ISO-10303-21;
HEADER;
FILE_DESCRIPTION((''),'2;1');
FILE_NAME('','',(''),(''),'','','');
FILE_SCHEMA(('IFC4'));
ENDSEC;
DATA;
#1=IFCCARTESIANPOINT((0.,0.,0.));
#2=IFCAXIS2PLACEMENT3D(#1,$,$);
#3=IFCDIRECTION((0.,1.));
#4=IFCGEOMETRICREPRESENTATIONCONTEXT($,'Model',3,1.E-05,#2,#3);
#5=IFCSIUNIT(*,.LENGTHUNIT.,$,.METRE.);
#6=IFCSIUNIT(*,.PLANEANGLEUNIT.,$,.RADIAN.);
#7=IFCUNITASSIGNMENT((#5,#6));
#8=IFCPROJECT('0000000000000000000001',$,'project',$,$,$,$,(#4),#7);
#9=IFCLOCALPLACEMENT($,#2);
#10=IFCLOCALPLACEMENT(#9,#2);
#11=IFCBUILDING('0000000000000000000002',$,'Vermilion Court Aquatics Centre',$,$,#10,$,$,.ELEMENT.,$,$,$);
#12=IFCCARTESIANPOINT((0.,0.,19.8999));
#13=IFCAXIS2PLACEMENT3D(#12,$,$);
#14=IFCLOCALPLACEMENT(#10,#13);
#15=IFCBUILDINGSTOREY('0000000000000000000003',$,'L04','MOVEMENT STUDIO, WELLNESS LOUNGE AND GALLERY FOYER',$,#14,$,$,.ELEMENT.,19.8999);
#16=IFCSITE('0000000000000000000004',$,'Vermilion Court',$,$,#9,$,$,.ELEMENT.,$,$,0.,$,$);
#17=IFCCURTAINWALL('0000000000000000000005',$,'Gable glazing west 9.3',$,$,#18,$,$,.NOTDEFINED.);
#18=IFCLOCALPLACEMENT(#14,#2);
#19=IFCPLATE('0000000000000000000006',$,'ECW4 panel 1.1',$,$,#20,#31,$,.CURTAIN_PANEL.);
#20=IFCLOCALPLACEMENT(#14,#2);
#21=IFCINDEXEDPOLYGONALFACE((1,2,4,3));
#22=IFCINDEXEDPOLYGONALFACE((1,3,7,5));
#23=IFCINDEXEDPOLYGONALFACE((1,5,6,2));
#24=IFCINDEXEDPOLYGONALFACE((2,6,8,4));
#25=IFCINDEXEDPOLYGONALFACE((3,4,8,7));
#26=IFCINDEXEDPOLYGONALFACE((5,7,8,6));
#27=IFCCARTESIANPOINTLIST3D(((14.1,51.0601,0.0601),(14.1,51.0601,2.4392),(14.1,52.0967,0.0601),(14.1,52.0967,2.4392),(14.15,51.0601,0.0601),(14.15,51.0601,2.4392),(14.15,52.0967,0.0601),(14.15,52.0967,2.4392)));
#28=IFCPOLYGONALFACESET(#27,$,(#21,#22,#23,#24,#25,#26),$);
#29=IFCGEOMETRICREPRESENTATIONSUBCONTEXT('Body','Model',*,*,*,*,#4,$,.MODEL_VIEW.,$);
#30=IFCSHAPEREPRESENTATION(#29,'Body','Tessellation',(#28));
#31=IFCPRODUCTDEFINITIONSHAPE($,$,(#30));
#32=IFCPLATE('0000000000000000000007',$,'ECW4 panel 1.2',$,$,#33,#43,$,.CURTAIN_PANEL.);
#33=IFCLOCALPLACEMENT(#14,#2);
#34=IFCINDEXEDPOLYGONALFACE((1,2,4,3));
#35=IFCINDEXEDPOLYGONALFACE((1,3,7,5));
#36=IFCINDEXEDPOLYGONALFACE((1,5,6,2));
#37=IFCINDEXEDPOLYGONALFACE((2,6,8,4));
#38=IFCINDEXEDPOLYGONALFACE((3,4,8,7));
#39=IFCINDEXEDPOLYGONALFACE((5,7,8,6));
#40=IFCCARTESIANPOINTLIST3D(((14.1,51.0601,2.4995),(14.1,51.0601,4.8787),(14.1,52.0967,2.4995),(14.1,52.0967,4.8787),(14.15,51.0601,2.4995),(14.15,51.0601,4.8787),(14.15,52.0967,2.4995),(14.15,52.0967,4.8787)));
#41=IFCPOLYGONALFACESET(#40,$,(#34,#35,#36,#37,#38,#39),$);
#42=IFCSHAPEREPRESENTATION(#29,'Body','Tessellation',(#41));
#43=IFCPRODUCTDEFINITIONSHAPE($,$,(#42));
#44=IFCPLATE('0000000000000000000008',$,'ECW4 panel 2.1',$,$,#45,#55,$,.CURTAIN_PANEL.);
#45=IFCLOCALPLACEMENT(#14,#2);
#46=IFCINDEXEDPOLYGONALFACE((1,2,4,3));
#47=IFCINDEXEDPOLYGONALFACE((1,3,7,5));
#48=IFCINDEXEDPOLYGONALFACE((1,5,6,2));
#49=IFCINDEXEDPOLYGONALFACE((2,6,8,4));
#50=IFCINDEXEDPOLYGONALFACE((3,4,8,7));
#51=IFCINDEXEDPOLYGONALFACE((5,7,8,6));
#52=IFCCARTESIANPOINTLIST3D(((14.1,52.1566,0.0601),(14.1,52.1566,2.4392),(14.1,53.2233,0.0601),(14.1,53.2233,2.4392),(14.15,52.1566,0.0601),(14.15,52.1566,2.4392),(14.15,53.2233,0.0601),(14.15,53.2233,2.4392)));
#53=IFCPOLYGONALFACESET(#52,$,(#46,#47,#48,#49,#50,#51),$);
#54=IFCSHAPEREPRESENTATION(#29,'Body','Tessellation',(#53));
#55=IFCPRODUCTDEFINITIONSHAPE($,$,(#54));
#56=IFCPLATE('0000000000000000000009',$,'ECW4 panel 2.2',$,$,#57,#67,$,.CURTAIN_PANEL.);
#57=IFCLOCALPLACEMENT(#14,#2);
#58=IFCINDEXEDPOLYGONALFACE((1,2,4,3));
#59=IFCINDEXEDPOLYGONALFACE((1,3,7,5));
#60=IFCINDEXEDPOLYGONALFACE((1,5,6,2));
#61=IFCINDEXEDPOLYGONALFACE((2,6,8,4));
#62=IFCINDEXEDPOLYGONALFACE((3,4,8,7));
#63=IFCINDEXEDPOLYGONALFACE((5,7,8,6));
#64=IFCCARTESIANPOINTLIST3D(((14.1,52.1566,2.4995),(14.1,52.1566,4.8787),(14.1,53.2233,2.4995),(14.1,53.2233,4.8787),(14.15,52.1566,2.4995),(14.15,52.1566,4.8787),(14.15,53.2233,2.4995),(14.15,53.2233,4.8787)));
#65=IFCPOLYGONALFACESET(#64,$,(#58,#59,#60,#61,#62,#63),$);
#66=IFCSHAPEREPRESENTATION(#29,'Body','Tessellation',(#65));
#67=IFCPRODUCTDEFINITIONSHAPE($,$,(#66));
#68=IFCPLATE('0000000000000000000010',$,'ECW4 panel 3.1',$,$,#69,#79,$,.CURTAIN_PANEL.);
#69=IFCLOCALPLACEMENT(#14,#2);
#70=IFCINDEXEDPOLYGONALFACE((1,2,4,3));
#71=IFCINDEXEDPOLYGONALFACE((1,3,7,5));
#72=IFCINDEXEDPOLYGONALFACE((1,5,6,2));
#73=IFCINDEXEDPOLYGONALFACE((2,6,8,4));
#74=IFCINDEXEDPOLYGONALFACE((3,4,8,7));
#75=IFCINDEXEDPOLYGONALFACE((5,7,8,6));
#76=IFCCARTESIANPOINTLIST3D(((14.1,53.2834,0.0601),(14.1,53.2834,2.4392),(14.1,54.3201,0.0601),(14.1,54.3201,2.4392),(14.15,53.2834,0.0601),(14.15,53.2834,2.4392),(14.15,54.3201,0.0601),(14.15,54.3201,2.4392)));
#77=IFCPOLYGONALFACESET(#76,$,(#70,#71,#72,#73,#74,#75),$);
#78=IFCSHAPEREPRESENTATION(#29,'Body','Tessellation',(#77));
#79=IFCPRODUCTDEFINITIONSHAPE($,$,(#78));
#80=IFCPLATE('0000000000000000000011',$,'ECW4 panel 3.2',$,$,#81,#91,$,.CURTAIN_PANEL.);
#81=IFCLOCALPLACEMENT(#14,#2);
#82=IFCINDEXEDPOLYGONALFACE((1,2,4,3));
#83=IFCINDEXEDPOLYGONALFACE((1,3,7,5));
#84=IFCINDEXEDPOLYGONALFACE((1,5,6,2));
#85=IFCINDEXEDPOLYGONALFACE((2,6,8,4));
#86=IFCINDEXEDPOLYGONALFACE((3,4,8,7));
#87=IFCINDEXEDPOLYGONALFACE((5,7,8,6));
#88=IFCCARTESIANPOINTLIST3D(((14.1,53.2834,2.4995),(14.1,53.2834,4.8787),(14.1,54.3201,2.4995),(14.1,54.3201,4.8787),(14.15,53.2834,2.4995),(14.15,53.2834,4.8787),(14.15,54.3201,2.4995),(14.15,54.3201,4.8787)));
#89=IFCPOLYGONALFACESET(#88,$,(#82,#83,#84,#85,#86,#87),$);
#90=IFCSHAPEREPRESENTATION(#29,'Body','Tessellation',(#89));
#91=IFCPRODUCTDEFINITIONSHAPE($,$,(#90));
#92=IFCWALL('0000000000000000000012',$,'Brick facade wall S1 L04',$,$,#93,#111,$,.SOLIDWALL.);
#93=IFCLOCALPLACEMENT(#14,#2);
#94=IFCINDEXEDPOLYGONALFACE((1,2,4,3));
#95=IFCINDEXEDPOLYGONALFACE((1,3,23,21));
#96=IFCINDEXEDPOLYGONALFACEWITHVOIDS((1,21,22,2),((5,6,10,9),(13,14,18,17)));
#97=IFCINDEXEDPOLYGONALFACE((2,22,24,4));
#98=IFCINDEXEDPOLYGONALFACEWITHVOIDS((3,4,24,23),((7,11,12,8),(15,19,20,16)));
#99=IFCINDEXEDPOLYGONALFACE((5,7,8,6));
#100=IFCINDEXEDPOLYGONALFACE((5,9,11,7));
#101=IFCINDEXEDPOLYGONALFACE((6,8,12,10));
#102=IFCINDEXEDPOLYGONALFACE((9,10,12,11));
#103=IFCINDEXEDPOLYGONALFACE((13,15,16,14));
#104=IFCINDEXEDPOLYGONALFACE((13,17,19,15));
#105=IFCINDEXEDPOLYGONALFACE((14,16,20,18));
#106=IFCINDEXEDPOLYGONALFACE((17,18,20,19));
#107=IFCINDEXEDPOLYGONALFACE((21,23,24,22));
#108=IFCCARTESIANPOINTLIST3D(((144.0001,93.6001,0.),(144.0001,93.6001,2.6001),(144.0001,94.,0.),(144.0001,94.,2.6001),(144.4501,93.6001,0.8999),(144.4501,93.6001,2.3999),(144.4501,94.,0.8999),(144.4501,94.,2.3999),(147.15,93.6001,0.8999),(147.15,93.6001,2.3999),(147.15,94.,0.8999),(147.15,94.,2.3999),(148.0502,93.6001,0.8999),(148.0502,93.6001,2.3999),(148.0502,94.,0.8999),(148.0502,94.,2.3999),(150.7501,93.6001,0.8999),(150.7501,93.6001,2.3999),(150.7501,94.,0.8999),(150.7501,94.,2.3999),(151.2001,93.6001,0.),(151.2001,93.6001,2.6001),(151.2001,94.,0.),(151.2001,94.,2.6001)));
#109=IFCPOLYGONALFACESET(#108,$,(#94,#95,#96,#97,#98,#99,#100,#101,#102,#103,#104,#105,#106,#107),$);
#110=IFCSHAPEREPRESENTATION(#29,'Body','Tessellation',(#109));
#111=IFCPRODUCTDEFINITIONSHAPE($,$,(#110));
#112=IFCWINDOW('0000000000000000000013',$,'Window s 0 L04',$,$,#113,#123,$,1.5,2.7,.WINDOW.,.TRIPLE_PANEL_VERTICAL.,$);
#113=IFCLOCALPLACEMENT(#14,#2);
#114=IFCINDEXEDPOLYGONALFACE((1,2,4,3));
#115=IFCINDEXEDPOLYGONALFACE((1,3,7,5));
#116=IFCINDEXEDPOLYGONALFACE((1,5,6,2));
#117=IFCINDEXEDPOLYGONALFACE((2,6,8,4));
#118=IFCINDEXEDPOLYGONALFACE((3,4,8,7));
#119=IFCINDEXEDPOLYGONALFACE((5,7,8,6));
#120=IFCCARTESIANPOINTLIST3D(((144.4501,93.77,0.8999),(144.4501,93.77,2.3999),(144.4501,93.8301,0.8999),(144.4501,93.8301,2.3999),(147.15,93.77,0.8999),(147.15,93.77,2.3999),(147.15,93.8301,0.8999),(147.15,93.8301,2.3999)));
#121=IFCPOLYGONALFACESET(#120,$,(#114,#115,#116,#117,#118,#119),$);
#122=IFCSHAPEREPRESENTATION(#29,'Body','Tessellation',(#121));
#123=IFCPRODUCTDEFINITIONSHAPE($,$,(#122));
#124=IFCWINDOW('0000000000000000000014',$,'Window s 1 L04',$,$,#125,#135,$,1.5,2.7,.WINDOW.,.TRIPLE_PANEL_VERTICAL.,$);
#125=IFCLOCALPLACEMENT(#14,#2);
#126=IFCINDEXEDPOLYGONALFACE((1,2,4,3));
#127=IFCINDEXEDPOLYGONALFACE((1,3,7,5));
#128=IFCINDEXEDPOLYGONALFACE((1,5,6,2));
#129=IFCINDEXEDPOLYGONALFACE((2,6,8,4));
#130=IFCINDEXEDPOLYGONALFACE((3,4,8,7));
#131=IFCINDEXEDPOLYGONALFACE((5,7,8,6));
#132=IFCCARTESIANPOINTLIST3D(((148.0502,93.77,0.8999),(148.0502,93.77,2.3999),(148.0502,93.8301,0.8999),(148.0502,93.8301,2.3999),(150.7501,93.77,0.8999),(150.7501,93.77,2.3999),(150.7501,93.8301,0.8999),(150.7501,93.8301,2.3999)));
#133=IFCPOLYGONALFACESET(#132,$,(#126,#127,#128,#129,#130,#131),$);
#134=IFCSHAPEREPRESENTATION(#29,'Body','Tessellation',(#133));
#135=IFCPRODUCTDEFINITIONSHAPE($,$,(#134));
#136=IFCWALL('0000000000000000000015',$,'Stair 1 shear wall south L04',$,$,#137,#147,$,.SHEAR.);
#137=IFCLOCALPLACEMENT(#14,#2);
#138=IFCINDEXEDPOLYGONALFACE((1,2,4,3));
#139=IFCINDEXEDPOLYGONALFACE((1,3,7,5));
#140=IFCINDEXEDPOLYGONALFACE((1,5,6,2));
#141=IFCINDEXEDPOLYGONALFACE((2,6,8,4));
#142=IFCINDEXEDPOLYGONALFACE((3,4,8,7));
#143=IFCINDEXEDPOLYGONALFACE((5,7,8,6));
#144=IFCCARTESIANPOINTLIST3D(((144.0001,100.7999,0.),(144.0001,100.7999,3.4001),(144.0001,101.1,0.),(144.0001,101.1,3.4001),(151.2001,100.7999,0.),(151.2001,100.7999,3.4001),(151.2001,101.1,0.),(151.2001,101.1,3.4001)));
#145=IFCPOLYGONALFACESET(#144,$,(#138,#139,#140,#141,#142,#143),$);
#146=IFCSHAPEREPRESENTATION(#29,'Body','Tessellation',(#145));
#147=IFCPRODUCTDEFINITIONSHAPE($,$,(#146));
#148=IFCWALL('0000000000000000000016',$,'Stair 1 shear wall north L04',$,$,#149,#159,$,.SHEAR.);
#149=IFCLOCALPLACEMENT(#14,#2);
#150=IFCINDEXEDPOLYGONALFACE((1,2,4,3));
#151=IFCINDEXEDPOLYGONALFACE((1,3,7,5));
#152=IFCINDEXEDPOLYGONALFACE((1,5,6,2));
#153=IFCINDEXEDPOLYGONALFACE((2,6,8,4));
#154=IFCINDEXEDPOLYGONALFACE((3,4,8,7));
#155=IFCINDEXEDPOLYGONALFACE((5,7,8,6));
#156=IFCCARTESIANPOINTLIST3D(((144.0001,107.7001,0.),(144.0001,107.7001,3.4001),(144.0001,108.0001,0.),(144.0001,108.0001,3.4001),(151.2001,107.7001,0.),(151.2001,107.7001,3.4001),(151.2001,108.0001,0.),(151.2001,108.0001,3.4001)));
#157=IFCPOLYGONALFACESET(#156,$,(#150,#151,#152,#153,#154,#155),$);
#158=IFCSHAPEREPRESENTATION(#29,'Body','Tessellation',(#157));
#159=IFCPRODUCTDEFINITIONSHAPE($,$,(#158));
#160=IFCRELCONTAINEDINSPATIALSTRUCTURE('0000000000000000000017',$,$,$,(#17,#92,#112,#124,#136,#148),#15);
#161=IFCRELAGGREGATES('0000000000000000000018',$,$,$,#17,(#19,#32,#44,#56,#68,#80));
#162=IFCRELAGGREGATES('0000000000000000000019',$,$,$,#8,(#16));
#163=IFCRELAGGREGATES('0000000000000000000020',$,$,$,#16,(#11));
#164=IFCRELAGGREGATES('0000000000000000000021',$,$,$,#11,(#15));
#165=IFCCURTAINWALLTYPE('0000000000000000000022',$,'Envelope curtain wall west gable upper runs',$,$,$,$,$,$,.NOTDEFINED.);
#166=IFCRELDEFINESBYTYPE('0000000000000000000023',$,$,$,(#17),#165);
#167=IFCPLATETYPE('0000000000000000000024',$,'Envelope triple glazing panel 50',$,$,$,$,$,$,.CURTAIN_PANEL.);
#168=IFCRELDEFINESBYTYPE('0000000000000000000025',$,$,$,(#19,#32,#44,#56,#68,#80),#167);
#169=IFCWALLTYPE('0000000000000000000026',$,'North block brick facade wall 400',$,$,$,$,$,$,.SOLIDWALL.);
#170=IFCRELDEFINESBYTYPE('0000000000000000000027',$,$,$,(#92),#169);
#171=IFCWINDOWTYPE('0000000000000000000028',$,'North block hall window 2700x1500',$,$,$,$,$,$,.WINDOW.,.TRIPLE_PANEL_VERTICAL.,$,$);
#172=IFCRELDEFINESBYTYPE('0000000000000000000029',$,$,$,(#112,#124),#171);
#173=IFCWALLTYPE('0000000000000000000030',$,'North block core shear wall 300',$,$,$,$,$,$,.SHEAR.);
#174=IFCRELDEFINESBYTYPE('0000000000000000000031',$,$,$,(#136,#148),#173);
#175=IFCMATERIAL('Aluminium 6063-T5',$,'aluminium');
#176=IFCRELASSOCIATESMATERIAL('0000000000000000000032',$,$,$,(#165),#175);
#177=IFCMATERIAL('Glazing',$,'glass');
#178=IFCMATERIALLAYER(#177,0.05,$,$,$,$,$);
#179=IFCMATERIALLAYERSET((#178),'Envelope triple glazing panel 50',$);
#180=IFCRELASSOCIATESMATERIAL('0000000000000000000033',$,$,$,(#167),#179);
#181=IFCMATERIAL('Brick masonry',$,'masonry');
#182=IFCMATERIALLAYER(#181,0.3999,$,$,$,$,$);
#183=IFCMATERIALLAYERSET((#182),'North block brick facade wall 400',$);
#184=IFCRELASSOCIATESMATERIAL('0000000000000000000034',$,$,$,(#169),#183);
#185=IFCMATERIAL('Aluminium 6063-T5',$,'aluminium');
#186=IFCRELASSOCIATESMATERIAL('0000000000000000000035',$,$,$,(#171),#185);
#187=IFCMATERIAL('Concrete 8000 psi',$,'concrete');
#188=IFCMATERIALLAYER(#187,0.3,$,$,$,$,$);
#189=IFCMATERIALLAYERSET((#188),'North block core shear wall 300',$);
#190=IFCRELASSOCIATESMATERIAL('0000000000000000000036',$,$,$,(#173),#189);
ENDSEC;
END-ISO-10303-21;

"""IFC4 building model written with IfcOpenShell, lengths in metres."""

from ifc_helpers import new_model, si_unit, direction, frame, frame_2d, origin, origin_2d, place, context, subcontext, project, spatial, rectangle, extrude, material, layer, layer_set, type_object, element, fill, aggregate, save


model = new_model("IFC4")

# Units and contexts
model_context = context("Model", 3, precision=1e-05, world=origin(), true_north=direction((0.0, 1.0)))
body_context = subcontext(model_context, "Body", "Model", "MODEL_VIEW")
ifc_project = project(units=[si_unit("LENGTHUNIT", "METRE"), si_unit("PLANEANGLEUNIT", "RADIAN")], contexts=[model_context])

# Site, building, storey
site_placement = place(None, origin())
site = spatial("IfcSite", under=ifc_project, at=site_placement, Name="Vermilion Court", CompositionType="ELEMENT", RefElevation=0.0)
building_placement = place(site_placement, origin())
building = spatial("IfcBuilding", under=site, at=building_placement, Name="Vermilion Court Aquatics Centre", CompositionType="ELEMENT")
storey_placement = place(building_placement, frame((0.0, 0.0, 19.8999)))
storey = spatial("IfcBuildingStorey", under=building, at=storey_placement, Name="L04", Description="MOVEMENT STUDIO, WELLNESS LOUNGE AND GALLERY FOYER", CompositionType="ELEMENT", Elevation=19.8999)

# Curtain wall
ifc_material_1 = material(Name="Aluminium 6063-T5", Category="aluminium")
curtain_wall_type = type_object("IfcCurtainWallType", Name="Envelope curtain wall west gable upper runs", PredefinedType="NOTDEFINED", material=ifc_material_1)
curtain_wall_placement = place(storey_placement, origin())
curtain_wall = element("IfcCurtainWall", 1, at=curtain_wall_placement, inside=storey, type_object=curtain_wall_type, Name="Gable glazing west 9.3", PredefinedType="NOTDEFINED")

# Plates
ifc_material_2 = material(Name="Glazing", Category="glass")
ifc_layer_1 = layer(ifc_material_2, 0.05)
ifc_layer_set_1 = layer_set([ifc_layer_1], Name="Envelope triple glazing panel 50")
plate_type = type_object("IfcPlateType", Name="Envelope triple glazing panel 50", PredefinedType="CURTAIN_PANEL", material=ifc_layer_set_1)
plate_1_placement = place(storey_placement, frame((14.125, 51.5784, 0.0601), z_axis=(0.0, 0.0, 1.0), x_axis=(0.0, 1.0, 0.0)))
plate_1 = element("IfcPlate", 2, at=plate_1_placement, type_object=plate_type, Name="ECW4 panel 1.1", PredefinedType="CURTAIN_PANEL", context=body_context, shape_type="SweptSolid", body=[
    extrude(rectangle(XDim=1.0366, YDim=0.05, at=origin_2d()), origin(), (0.0, 0.0, 1.0), 2.3792),
])
plate_2_placement = place(storey_placement, frame((14.125, 51.5784, 2.4995), z_axis=(0.0, 0.0, 1.0), x_axis=(0.0, 1.0, 0.0)))
plate_2 = element("IfcPlate", 3, at=plate_2_placement, type_object=plate_type, Name="ECW4 panel 1.2", PredefinedType="CURTAIN_PANEL", context=body_context, shape_type="SweptSolid", body=[
    extrude(rectangle(XDim=1.0366, YDim=0.05, at=origin_2d()), origin(), (0.0, 0.0, 1.0), 2.3792),
])
plate_3_placement = place(storey_placement, frame((14.125, 52.6899, 0.0601), z_axis=(0.0, 0.0, 1.0), x_axis=(0.0, 1.0, 0.0)))
plate_3 = element("IfcPlate", 4, at=plate_3_placement, type_object=plate_type, Name="ECW4 panel 2.1", PredefinedType="CURTAIN_PANEL", context=body_context, shape_type="SweptSolid", body=[
    extrude(rectangle(XDim=1.0667, YDim=0.05, at=origin_2d()), origin(), (0.0, 0.0, 1.0), 2.3792),
])
plate_4_placement = place(storey_placement, frame((14.125, 52.6899, 2.4995), z_axis=(0.0, 0.0, 1.0), x_axis=(0.0, 1.0, 0.0)))
plate_4 = element("IfcPlate", 5, at=plate_4_placement, type_object=plate_type, Name="ECW4 panel 2.2", PredefinedType="CURTAIN_PANEL", context=body_context, shape_type="SweptSolid", body=[
    extrude(rectangle(XDim=1.0667, YDim=0.05, at=origin_2d()), origin(), (0.0, 0.0, 1.0), 2.3792),
])
plate_5_placement = place(storey_placement, frame((14.125, 53.8018, 0.0601), z_axis=(0.0, 0.0, 1.0), x_axis=(0.0, 1.0, 0.0)))
plate_5 = element("IfcPlate", 6, at=plate_5_placement, type_object=plate_type, Name="ECW4 panel 3.1", PredefinedType="CURTAIN_PANEL", context=body_context, shape_type="SweptSolid", body=[
    extrude(rectangle(XDim=1.0366, YDim=0.05, at=origin_2d()), origin(), (0.0, 0.0, 1.0), 2.3792),
])
plate_6_placement = place(storey_placement, frame((14.125, 53.8018, 2.4995), z_axis=(0.0, 0.0, 1.0), x_axis=(0.0, 1.0, 0.0)))
plate_6 = element("IfcPlate", 7, at=plate_6_placement, type_object=plate_type, Name="ECW4 panel 3.2", PredefinedType="CURTAIN_PANEL", context=body_context, shape_type="SweptSolid", body=[
    extrude(rectangle(XDim=1.0366, YDim=0.05, at=origin_2d()), origin(), (0.0, 0.0, 1.0), 2.3792),
])
aggregate(curtain_wall, [plate_1, plate_2, plate_3, plate_4, plate_5, plate_6])

# Wall, openings, windows
ifc_material_3 = material(Name="Brick masonry", Category="masonry")
ifc_layer_2 = layer(ifc_material_3, 0.3999)
ifc_layer_set_2 = layer_set([ifc_layer_2], Name="North block brick facade wall 400")
wall_type_1 = type_object("IfcWallType", Name="North block brick facade wall 400", PredefinedType="SOLIDWALL", material=ifc_layer_set_2)
wall_placement = place(storey_placement, frame((144.0, 93.8, 0.0), z_axis=(0.0, 0.0, 1.0), x_axis=(1.0, 0.0, 0.0)))
wall = element("IfcWall", 8, at=wall_placement, inside=storey, type_object=wall_type_1, Name="Brick facade wall S1 L04", PredefinedType="SOLIDWALL", context=body_context, shape_type="SweptSolid", body=[
    extrude(rectangle(XDim=7.2, YDim=0.3999, at=frame_2d((3.6001, 0.0))), origin(), (0.0, 0.0, 1.0), 2.6001),
])
opening_1_placement = place(wall_placement, frame((0.45, 0.0, 0.8999)))
opening_1 = element("IfcOpeningElement", 9, at=opening_1_placement, cuts=wall, PredefinedType="OPENING", context=body_context, shape_type="SweptSolid", body=[
    extrude(rectangle(XDim=2.7, YDim=1.5, at=frame_2d((1.3501, 0.75))), frame((0.0, 0.21, 0.0), z_axis=(0.0, -1.0, 0.0), x_axis=(1.0, 0.0, 0.0)), (0.0, 0.0, 1.0), 0.4199),
])
opening_2_placement = place(wall_placement, frame((4.05, 0.0, 0.8999)))
opening_2 = element("IfcOpeningElement", 10, at=opening_2_placement, cuts=wall, PredefinedType="OPENING", context=body_context, shape_type="SweptSolid", body=[
    extrude(rectangle(XDim=2.7, YDim=1.5, at=frame_2d((1.3501, 0.75))), frame((0.0, 0.21, 0.0), z_axis=(0.0, -1.0, 0.0), x_axis=(1.0, 0.0, 0.0)), (0.0, 0.0, 1.0), 0.4199),
])
ifc_material_4 = material(Name="Aluminium 6063-T5", Category="aluminium")
window_type = type_object("IfcWindowType", Name="North block hall window 2700x1500", PartitioningType="TRIPLE_PANEL_VERTICAL", PredefinedType="WINDOW", material=ifc_material_4)
window_1_placement = place(opening_1_placement, origin())
window_1 = element("IfcWindow", 11, at=window_1_placement, inside=storey, type_object=window_type, Name="Window s 0 L04", OverallHeight=1.5, OverallWidth=2.7, PartitioningType="TRIPLE_PANEL_VERTICAL", PredefinedType="WINDOW", context=body_context, shape_type="SweptSolid", body=[
    extrude(rectangle(XDim=2.7, YDim=1.5, at=frame_2d((1.3501, 0.75))), frame((0.0, 0.03, 0.0), z_axis=(0.0, -1.0, 0.0), x_axis=(1.0, 0.0, 0.0)), (0.0, 0.0, 1.0), 0.0601),
])
fill(opening_1, window_1)
window_2_placement = place(opening_2_placement, origin())
window_2 = element("IfcWindow", 12, at=window_2_placement, inside=storey, type_object=window_type, Name="Window s 1 L04", OverallHeight=1.5, OverallWidth=2.7, PartitioningType="TRIPLE_PANEL_VERTICAL", PredefinedType="WINDOW", context=body_context, shape_type="SweptSolid", body=[
    extrude(rectangle(XDim=2.7, YDim=1.5, at=frame_2d((1.3501, 0.75))), frame((0.0, 0.03, 0.0), z_axis=(0.0, -1.0, 0.0), x_axis=(1.0, 0.0, 0.0)), (0.0, 0.0, 1.0), 0.0601),
])
fill(opening_2, window_2)

# Walls
ifc_material_5 = material(Name="Concrete 8000 psi", Category="concrete")
ifc_layer_3 = layer(ifc_material_5, 0.3)
ifc_layer_set_3 = layer_set([ifc_layer_3], Name="North block core shear wall 300")
wall_type_2 = type_object("IfcWallType", Name="North block core shear wall 300", PredefinedType="SHEAR", material=ifc_layer_set_3)
for number, where, z_axis, x_axis, name in (
    (13, (144.0, 100.95, 0.0), (0.0, 0.0, 1.0), (1.0, 0.0, 0.0), "Stair 1 shear wall south L04"),
    (14, (144.0, 107.8501, 0.0), (0.0, 0.0, 1.0), (1.0, 0.0, 0.0), "Stair 1 shear wall north L04"),
):
    element("IfcWall", number, at=place(storey_placement, frame(where, z_axis=z_axis, x_axis=x_axis)), inside=storey, type_object=wall_type_2, Name=name, PredefinedType="SHEAR", context=body_context, shape_type="SweptSolid", body=[
        extrude(rectangle(XDim=7.2, YDim=0.3, at=frame_2d((3.6001, 0.0))), origin(), (0.0, 0.0, 1.0), 3.4001),
    ])

save(model, "model.ifc")
